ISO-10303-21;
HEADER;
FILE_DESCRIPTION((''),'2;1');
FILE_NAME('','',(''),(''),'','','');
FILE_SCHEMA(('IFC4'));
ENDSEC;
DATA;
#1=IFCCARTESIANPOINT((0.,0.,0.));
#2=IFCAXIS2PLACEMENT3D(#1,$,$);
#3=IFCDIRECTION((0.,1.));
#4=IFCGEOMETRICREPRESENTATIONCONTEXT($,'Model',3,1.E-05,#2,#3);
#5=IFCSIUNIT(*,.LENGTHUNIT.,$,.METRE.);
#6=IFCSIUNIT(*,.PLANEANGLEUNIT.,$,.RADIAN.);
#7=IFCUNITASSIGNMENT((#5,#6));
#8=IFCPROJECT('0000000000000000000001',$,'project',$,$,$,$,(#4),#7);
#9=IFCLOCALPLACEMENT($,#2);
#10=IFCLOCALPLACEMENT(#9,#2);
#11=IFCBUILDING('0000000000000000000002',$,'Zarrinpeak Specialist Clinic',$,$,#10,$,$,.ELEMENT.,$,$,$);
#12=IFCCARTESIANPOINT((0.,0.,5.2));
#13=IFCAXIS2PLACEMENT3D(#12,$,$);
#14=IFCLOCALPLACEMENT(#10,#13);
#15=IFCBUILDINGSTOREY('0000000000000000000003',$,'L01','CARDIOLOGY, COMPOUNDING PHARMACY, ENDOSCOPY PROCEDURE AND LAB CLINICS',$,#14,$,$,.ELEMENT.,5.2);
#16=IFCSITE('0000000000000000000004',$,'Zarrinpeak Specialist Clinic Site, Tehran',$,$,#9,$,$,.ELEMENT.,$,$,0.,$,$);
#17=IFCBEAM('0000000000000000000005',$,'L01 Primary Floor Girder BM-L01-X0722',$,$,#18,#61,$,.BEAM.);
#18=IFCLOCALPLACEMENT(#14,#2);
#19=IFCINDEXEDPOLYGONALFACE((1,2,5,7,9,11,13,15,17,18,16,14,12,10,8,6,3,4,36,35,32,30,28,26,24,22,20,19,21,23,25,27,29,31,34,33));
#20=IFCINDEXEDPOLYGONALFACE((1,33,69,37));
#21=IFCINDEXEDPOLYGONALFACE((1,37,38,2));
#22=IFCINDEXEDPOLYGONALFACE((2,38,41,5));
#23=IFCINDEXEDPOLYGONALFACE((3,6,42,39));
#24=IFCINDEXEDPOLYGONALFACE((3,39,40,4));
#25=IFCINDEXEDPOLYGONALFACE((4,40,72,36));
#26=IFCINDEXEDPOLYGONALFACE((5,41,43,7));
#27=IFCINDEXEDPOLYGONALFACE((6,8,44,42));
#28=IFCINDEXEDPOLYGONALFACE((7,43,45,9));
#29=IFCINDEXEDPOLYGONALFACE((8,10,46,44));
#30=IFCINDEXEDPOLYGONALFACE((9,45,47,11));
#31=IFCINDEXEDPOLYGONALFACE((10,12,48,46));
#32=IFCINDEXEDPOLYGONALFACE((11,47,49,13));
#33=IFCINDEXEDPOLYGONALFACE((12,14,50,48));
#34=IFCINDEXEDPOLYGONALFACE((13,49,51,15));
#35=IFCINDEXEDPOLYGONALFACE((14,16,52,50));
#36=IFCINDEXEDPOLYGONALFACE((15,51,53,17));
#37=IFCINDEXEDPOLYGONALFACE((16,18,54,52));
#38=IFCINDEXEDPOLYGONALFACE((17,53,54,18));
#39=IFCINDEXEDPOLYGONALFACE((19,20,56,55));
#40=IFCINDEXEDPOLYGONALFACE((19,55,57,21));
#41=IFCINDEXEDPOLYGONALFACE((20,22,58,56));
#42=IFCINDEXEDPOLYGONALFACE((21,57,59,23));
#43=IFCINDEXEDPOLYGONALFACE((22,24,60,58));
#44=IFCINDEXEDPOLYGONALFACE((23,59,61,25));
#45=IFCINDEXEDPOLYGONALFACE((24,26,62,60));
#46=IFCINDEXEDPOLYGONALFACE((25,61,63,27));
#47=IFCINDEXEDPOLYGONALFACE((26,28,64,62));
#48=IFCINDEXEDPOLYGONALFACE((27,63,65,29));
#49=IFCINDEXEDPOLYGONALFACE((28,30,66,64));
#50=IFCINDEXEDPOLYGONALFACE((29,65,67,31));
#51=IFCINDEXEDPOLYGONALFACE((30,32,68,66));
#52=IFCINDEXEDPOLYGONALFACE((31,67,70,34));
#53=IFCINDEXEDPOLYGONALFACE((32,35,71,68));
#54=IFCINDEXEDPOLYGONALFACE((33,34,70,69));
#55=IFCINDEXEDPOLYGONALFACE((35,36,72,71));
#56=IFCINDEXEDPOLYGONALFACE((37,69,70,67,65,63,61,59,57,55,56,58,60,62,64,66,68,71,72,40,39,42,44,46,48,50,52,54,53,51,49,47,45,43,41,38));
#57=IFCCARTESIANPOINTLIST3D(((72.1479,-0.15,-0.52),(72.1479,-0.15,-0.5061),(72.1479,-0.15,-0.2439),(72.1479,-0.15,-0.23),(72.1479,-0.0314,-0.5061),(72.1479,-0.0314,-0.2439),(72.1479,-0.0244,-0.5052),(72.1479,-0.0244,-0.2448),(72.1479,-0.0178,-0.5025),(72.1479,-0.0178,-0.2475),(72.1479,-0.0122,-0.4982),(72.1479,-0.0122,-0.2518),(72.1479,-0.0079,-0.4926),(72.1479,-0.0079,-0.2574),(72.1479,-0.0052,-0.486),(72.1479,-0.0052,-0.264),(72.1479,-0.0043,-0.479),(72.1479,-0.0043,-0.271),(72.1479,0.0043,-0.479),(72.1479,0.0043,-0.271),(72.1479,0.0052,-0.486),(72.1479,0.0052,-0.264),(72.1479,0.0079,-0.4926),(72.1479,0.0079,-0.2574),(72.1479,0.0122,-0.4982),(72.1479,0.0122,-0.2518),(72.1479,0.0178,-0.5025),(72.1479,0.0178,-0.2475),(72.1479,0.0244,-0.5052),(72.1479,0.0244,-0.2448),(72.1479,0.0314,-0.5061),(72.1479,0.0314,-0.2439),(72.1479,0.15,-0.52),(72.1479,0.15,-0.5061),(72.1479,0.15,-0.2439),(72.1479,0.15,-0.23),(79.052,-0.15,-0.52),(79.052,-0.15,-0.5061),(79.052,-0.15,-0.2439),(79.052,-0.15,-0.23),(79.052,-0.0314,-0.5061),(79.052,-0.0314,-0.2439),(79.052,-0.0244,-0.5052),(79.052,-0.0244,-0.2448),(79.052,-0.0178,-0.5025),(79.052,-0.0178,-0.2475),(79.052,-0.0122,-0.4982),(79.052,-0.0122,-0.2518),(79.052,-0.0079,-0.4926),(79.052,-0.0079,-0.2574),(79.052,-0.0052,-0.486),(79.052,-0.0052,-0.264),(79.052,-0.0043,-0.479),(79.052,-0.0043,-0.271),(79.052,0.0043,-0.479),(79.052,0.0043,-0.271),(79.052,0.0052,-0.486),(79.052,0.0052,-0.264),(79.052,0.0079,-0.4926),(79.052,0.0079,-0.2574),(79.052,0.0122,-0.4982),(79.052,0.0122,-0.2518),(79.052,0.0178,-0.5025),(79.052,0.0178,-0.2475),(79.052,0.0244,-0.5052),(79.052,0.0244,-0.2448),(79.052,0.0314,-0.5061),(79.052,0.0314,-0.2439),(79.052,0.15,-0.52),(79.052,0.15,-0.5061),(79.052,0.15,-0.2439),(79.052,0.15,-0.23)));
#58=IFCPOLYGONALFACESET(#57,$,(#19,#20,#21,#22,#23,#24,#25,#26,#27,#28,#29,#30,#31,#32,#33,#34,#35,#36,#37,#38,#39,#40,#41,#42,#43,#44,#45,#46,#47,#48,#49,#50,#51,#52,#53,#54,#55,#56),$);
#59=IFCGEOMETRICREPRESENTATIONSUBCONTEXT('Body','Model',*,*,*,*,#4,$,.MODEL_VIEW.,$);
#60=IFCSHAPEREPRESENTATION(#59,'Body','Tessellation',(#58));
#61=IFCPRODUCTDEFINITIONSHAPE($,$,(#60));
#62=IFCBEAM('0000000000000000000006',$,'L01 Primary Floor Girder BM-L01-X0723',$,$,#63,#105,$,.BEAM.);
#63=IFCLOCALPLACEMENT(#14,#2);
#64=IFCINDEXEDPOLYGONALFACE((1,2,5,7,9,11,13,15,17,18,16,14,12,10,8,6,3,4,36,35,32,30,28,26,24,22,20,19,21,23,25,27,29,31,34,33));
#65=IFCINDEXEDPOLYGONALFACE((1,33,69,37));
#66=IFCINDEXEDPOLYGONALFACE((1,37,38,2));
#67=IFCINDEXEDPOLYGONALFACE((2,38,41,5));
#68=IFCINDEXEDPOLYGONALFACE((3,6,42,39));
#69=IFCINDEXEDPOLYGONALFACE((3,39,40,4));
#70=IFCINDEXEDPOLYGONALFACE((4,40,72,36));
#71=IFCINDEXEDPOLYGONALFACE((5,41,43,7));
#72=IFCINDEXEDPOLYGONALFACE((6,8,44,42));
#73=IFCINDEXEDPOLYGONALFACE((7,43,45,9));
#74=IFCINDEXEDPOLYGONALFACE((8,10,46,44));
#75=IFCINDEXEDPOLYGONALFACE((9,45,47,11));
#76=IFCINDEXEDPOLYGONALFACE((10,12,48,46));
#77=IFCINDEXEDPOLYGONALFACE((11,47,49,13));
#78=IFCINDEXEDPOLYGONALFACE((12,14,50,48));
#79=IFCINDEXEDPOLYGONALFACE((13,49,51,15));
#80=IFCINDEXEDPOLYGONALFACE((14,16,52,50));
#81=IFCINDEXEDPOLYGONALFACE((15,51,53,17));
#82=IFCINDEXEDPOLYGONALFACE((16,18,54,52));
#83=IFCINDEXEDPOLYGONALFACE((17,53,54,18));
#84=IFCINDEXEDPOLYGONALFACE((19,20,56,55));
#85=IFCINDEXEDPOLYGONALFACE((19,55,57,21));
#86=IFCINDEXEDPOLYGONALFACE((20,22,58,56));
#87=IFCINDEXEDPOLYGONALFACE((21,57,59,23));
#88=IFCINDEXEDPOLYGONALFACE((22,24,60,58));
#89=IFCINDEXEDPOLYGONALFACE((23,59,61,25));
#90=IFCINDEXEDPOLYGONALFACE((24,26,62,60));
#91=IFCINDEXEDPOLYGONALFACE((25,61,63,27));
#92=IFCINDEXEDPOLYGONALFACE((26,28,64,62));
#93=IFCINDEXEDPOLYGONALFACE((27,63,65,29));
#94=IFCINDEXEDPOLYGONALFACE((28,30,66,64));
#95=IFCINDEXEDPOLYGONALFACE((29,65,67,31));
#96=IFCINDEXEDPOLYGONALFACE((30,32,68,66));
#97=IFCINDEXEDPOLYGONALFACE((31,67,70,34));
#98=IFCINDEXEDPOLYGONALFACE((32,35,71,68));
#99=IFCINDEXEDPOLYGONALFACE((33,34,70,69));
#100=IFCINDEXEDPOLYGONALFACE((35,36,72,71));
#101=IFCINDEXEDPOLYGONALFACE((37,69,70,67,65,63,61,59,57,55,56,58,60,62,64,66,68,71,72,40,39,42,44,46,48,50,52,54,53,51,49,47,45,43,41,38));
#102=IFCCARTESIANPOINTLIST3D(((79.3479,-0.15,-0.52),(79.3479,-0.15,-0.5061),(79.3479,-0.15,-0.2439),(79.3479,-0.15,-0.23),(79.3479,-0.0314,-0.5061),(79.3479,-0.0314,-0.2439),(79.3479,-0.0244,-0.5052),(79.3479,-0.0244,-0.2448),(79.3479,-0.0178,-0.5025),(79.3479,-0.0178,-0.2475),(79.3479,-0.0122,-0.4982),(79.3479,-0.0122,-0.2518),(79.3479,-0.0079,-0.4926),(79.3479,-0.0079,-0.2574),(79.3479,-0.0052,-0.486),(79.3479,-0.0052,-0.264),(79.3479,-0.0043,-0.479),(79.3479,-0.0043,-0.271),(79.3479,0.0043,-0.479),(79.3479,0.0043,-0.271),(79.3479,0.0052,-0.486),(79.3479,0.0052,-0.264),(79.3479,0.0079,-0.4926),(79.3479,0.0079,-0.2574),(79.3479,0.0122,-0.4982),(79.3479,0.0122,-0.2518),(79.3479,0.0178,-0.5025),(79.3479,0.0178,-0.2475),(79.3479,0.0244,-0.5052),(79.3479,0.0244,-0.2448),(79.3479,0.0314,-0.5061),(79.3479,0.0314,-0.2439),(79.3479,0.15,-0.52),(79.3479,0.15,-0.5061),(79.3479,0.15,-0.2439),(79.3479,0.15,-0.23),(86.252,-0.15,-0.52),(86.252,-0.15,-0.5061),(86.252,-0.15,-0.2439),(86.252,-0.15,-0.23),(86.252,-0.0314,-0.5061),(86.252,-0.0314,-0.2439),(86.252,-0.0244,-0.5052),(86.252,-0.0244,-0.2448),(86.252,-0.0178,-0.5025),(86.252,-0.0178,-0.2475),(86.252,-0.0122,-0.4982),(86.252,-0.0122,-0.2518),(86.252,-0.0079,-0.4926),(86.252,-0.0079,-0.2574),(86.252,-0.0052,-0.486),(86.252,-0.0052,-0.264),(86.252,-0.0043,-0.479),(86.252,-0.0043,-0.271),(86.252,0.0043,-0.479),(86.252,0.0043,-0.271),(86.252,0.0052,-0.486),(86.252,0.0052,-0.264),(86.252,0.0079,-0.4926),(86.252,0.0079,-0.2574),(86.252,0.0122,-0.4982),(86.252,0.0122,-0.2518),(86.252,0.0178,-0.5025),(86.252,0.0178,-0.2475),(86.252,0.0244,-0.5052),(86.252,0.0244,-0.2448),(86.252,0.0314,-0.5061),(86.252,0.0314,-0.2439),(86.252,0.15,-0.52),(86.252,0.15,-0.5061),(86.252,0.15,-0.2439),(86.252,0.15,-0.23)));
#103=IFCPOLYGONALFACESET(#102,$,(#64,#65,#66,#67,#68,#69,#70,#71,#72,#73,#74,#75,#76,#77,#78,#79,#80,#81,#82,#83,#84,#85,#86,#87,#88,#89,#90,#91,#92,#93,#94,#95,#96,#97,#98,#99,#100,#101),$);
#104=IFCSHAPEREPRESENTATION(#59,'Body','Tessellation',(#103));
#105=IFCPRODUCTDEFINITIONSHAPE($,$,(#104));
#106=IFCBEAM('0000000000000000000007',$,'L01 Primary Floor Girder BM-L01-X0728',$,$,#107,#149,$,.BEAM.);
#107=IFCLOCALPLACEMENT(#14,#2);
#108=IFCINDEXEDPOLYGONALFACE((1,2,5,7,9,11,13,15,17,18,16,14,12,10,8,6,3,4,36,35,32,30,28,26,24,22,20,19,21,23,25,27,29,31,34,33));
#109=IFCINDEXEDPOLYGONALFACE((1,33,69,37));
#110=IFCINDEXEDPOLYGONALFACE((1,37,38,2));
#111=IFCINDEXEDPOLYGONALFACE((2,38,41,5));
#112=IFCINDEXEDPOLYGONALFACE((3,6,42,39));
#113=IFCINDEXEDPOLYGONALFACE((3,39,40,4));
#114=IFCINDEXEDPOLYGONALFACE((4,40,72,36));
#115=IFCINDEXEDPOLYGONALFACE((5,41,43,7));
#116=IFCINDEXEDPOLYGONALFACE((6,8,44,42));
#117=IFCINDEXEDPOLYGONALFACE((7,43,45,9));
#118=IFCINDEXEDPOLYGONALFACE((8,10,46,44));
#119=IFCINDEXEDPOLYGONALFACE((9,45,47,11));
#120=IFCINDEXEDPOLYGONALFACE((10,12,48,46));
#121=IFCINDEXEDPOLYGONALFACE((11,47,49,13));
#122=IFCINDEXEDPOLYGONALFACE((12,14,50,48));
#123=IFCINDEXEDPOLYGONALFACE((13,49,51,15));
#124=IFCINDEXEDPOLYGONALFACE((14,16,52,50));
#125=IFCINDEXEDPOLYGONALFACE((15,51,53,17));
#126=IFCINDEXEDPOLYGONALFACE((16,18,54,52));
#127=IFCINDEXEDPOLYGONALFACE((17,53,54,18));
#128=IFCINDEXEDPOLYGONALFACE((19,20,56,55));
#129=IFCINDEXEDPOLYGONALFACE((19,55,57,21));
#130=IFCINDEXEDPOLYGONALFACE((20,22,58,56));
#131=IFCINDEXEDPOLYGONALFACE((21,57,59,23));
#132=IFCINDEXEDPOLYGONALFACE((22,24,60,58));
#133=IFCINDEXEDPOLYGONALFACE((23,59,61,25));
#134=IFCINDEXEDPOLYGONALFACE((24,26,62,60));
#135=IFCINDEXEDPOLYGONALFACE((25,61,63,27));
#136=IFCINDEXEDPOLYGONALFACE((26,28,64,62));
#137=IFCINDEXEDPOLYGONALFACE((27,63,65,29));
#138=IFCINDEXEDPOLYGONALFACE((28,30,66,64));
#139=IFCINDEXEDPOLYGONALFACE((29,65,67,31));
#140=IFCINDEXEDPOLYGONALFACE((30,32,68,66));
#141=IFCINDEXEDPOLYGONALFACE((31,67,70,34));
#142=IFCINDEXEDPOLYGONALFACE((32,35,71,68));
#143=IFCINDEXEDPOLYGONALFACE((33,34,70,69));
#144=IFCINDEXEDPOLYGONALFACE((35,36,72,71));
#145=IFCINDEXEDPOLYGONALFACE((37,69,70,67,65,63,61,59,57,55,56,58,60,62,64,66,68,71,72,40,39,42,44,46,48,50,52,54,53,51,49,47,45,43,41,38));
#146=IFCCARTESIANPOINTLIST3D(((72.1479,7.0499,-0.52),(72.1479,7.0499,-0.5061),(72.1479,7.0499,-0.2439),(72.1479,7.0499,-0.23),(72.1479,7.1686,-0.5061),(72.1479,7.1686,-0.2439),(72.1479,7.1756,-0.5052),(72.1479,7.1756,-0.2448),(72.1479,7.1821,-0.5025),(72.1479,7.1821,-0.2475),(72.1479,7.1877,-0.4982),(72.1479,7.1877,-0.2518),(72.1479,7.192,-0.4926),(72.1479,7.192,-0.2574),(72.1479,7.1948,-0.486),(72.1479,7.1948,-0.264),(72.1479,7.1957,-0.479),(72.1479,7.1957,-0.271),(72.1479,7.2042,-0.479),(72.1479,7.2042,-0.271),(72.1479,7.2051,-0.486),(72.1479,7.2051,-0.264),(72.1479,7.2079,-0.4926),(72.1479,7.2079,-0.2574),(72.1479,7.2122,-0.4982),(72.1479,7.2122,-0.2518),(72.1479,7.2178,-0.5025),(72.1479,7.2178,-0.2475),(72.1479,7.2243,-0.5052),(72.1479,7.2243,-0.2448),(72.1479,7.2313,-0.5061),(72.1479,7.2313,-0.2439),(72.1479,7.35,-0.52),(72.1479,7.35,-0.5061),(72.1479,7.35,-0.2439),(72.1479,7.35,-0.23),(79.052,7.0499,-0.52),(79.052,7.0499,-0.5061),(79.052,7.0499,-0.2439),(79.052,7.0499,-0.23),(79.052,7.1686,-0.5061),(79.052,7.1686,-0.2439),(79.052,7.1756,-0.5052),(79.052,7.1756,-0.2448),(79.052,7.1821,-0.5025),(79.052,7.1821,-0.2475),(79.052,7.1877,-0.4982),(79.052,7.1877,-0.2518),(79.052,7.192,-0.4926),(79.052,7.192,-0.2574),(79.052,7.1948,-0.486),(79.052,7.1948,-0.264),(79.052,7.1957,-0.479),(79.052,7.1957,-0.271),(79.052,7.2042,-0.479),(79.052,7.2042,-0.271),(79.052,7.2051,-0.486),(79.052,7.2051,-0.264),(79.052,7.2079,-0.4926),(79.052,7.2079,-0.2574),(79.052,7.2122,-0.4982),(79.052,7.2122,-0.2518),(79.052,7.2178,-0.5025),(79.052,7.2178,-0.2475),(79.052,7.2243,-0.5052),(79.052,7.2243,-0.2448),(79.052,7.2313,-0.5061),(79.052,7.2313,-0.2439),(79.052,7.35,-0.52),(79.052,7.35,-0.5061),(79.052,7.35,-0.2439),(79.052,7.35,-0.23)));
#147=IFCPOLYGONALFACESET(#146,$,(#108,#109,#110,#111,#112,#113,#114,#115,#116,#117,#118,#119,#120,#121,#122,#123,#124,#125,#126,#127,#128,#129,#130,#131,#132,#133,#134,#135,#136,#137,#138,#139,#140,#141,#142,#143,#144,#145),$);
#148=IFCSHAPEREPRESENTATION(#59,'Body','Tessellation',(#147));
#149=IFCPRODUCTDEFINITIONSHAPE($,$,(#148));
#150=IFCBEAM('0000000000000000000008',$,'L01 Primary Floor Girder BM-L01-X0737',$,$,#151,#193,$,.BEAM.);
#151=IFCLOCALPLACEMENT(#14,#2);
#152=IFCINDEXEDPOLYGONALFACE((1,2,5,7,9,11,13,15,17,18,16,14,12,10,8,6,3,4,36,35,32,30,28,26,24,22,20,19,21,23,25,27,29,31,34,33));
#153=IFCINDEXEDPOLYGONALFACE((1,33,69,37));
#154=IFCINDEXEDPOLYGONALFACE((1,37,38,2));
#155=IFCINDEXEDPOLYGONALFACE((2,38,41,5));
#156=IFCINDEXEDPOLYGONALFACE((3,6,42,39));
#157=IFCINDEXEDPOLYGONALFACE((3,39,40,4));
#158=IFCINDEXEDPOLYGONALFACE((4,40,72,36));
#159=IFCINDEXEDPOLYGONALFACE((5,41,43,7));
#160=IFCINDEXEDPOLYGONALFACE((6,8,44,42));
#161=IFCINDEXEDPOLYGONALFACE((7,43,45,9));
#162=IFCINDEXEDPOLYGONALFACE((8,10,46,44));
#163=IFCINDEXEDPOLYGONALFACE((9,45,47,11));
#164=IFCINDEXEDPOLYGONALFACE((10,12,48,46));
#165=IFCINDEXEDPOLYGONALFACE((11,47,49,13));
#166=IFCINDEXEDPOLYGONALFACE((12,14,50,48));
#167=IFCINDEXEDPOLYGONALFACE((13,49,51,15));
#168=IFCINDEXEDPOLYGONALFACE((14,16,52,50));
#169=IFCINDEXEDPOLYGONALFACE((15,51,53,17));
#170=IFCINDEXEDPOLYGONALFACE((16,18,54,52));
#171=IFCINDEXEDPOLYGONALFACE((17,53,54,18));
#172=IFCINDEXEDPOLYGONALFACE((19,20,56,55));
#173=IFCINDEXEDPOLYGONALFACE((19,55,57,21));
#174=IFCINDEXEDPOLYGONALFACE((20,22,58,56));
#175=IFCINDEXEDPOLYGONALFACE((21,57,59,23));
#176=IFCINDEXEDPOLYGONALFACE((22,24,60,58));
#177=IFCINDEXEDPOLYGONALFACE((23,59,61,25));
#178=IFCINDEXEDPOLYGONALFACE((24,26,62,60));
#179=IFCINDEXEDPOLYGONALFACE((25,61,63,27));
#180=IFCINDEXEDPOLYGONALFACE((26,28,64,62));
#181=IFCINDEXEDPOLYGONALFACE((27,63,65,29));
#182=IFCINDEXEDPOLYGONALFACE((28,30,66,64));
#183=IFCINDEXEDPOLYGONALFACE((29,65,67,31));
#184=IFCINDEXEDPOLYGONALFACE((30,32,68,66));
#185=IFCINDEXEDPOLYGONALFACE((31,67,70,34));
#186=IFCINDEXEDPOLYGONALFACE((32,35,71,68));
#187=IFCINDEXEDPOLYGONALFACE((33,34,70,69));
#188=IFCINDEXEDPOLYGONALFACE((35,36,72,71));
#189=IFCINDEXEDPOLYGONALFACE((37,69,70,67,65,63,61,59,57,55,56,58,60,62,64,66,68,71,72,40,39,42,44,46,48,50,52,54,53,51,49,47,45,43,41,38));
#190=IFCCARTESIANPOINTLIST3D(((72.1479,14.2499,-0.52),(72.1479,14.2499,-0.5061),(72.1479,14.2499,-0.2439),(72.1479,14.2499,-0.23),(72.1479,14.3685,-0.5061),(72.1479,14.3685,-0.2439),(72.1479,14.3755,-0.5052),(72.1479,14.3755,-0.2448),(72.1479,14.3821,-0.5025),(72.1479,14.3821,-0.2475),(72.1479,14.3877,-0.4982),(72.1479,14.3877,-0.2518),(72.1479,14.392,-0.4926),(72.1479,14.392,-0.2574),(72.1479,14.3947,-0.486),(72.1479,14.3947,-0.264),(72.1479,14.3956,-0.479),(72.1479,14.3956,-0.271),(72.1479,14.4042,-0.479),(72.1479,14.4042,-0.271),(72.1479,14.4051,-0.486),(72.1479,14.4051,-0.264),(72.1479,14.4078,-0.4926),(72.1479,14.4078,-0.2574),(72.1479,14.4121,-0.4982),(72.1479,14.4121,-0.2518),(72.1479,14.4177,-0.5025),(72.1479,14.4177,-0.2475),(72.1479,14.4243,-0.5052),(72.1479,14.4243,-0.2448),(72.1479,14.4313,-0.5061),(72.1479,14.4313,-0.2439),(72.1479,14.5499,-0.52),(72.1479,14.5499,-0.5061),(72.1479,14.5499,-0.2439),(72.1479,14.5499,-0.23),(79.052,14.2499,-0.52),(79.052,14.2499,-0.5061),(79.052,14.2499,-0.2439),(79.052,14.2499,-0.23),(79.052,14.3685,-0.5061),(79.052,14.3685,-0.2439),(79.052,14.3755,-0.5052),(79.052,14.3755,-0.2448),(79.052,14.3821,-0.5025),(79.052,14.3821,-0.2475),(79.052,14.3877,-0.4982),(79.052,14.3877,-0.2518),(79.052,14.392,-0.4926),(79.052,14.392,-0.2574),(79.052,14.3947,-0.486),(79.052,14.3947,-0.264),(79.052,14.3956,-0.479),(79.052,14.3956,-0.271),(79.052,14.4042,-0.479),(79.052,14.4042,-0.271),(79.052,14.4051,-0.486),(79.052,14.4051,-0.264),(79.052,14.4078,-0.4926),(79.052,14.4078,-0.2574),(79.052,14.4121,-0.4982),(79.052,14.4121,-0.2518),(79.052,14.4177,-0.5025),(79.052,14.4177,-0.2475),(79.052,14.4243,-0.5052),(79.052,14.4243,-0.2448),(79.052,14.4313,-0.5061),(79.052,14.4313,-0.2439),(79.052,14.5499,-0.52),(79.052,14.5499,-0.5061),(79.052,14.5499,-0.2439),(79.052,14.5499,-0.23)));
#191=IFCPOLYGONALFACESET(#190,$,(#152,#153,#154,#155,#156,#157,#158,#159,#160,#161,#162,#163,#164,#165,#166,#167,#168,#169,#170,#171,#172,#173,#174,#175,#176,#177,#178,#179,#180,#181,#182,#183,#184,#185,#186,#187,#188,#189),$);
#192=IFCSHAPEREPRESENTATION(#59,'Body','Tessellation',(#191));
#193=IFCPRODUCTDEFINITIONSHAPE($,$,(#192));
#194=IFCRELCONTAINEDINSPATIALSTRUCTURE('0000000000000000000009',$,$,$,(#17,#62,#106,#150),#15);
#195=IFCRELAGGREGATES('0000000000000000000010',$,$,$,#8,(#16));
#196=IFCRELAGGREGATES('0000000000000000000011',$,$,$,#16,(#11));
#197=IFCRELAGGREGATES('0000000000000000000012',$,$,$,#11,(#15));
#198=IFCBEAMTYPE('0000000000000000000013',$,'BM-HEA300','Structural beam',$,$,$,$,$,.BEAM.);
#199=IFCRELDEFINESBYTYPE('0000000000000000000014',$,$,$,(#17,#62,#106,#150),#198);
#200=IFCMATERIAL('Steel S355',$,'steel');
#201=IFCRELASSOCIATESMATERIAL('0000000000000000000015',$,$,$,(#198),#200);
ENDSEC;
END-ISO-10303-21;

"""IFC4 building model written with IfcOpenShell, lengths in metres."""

from ifc_helpers import new_model, si_unit, direction, frame, origin, origin_2d, place, context, subcontext, project, spatial, i_section, extrude, material, material_profile, profile_set, type_object, element, save


model = new_model("IFC4")

# Units and contexts
model_context = context("Model", 3, precision=1e-05, world=origin(), true_north=direction((0.0, 1.0)))
body_context = subcontext(model_context, "Body", "Model", "MODEL_VIEW")
ifc_project = project(units=[si_unit("LENGTHUNIT", "METRE"), si_unit("PLANEANGLEUNIT", "RADIAN")], contexts=[model_context])

# Site, building, storey
site_placement = place(None, origin())
site = spatial("IfcSite", under=ifc_project, at=site_placement, Name="Zarrinpeak Specialist Clinic Site, Tehran", CompositionType="ELEMENT", RefElevation=0.0)
building_placement = place(site_placement, origin())
building = spatial("IfcBuilding", under=site, at=building_placement, Name="Zarrinpeak Specialist Clinic", CompositionType="ELEMENT")
storey_placement = place(building_placement, frame((0.0, 0.0, 5.2)))
storey = spatial("IfcBuildingStorey", under=building, at=storey_placement, Name="L01", Description="CARDIOLOGY, COMPOUNDING PHARMACY, ENDOSCOPY PROCEDURE AND LAB CLINICS", CompositionType="ELEMENT", Elevation=5.2)

# Shared definitions
ifc_material_1 = material(Name="Steel S355", Category="steel")

# Beams
ifc_material_profile_1 = material_profile(ifc_material_1, i_section(OverallWidth=0.3, OverallDepth=0.29, WebThickness=0.0085, FlangeThickness=0.0139, FilletRadius=0.0271, at=origin_2d()), Name="HEA 300")
ifc_profile_set_1 = profile_set([ifc_material_profile_1], Name="Steel S355")
beam_type_1 = type_object("IfcBeamType", Name="BM-HEA300", Description="Structural beam", PredefinedType="BEAM", material=ifc_profile_set_1)
for number, where, z_axis, x_axis, name in (
    (1, (72.1479, 0.0, -0.375), (1.0, 0.0, 0.0), (0.0, 1.0, 0.0), "L01 Primary Floor Girder BM-L01-X0722"),
    (2, (79.3479, 0.0, -0.375), (1.0, 0.0, 0.0), (0.0, 1.0, 0.0), "L01 Primary Floor Girder BM-L01-X0723"),
    (3, (72.1479, 7.2, -0.375), (1.0, 0.0, 0.0), (0.0, 1.0, 0.0), "L01 Primary Floor Girder BM-L01-X0728"),
    (4, (72.1479, 14.3999, -0.375), (1.0, 0.0, 0.0), (0.0, 1.0, 0.0), "L01 Primary Floor Girder BM-L01-X0737"),
):
    element("IfcBeam", number, at=place(storey_placement, frame(where, z_axis=z_axis, x_axis=x_axis)), inside=storey, type_object=beam_type_1, Name=name, PredefinedType="BEAM", context=body_context, shape_type="SweptSolid", body=[
        extrude(i_section(OverallWidth=0.3, OverallDepth=0.29, WebThickness=0.0085, FlangeThickness=0.0139, FilletRadius=0.0271, at=origin_2d()), origin(), (0.0, 0.0, 1.0), 6.9041),
    ])

save(model, "model.ifc")
